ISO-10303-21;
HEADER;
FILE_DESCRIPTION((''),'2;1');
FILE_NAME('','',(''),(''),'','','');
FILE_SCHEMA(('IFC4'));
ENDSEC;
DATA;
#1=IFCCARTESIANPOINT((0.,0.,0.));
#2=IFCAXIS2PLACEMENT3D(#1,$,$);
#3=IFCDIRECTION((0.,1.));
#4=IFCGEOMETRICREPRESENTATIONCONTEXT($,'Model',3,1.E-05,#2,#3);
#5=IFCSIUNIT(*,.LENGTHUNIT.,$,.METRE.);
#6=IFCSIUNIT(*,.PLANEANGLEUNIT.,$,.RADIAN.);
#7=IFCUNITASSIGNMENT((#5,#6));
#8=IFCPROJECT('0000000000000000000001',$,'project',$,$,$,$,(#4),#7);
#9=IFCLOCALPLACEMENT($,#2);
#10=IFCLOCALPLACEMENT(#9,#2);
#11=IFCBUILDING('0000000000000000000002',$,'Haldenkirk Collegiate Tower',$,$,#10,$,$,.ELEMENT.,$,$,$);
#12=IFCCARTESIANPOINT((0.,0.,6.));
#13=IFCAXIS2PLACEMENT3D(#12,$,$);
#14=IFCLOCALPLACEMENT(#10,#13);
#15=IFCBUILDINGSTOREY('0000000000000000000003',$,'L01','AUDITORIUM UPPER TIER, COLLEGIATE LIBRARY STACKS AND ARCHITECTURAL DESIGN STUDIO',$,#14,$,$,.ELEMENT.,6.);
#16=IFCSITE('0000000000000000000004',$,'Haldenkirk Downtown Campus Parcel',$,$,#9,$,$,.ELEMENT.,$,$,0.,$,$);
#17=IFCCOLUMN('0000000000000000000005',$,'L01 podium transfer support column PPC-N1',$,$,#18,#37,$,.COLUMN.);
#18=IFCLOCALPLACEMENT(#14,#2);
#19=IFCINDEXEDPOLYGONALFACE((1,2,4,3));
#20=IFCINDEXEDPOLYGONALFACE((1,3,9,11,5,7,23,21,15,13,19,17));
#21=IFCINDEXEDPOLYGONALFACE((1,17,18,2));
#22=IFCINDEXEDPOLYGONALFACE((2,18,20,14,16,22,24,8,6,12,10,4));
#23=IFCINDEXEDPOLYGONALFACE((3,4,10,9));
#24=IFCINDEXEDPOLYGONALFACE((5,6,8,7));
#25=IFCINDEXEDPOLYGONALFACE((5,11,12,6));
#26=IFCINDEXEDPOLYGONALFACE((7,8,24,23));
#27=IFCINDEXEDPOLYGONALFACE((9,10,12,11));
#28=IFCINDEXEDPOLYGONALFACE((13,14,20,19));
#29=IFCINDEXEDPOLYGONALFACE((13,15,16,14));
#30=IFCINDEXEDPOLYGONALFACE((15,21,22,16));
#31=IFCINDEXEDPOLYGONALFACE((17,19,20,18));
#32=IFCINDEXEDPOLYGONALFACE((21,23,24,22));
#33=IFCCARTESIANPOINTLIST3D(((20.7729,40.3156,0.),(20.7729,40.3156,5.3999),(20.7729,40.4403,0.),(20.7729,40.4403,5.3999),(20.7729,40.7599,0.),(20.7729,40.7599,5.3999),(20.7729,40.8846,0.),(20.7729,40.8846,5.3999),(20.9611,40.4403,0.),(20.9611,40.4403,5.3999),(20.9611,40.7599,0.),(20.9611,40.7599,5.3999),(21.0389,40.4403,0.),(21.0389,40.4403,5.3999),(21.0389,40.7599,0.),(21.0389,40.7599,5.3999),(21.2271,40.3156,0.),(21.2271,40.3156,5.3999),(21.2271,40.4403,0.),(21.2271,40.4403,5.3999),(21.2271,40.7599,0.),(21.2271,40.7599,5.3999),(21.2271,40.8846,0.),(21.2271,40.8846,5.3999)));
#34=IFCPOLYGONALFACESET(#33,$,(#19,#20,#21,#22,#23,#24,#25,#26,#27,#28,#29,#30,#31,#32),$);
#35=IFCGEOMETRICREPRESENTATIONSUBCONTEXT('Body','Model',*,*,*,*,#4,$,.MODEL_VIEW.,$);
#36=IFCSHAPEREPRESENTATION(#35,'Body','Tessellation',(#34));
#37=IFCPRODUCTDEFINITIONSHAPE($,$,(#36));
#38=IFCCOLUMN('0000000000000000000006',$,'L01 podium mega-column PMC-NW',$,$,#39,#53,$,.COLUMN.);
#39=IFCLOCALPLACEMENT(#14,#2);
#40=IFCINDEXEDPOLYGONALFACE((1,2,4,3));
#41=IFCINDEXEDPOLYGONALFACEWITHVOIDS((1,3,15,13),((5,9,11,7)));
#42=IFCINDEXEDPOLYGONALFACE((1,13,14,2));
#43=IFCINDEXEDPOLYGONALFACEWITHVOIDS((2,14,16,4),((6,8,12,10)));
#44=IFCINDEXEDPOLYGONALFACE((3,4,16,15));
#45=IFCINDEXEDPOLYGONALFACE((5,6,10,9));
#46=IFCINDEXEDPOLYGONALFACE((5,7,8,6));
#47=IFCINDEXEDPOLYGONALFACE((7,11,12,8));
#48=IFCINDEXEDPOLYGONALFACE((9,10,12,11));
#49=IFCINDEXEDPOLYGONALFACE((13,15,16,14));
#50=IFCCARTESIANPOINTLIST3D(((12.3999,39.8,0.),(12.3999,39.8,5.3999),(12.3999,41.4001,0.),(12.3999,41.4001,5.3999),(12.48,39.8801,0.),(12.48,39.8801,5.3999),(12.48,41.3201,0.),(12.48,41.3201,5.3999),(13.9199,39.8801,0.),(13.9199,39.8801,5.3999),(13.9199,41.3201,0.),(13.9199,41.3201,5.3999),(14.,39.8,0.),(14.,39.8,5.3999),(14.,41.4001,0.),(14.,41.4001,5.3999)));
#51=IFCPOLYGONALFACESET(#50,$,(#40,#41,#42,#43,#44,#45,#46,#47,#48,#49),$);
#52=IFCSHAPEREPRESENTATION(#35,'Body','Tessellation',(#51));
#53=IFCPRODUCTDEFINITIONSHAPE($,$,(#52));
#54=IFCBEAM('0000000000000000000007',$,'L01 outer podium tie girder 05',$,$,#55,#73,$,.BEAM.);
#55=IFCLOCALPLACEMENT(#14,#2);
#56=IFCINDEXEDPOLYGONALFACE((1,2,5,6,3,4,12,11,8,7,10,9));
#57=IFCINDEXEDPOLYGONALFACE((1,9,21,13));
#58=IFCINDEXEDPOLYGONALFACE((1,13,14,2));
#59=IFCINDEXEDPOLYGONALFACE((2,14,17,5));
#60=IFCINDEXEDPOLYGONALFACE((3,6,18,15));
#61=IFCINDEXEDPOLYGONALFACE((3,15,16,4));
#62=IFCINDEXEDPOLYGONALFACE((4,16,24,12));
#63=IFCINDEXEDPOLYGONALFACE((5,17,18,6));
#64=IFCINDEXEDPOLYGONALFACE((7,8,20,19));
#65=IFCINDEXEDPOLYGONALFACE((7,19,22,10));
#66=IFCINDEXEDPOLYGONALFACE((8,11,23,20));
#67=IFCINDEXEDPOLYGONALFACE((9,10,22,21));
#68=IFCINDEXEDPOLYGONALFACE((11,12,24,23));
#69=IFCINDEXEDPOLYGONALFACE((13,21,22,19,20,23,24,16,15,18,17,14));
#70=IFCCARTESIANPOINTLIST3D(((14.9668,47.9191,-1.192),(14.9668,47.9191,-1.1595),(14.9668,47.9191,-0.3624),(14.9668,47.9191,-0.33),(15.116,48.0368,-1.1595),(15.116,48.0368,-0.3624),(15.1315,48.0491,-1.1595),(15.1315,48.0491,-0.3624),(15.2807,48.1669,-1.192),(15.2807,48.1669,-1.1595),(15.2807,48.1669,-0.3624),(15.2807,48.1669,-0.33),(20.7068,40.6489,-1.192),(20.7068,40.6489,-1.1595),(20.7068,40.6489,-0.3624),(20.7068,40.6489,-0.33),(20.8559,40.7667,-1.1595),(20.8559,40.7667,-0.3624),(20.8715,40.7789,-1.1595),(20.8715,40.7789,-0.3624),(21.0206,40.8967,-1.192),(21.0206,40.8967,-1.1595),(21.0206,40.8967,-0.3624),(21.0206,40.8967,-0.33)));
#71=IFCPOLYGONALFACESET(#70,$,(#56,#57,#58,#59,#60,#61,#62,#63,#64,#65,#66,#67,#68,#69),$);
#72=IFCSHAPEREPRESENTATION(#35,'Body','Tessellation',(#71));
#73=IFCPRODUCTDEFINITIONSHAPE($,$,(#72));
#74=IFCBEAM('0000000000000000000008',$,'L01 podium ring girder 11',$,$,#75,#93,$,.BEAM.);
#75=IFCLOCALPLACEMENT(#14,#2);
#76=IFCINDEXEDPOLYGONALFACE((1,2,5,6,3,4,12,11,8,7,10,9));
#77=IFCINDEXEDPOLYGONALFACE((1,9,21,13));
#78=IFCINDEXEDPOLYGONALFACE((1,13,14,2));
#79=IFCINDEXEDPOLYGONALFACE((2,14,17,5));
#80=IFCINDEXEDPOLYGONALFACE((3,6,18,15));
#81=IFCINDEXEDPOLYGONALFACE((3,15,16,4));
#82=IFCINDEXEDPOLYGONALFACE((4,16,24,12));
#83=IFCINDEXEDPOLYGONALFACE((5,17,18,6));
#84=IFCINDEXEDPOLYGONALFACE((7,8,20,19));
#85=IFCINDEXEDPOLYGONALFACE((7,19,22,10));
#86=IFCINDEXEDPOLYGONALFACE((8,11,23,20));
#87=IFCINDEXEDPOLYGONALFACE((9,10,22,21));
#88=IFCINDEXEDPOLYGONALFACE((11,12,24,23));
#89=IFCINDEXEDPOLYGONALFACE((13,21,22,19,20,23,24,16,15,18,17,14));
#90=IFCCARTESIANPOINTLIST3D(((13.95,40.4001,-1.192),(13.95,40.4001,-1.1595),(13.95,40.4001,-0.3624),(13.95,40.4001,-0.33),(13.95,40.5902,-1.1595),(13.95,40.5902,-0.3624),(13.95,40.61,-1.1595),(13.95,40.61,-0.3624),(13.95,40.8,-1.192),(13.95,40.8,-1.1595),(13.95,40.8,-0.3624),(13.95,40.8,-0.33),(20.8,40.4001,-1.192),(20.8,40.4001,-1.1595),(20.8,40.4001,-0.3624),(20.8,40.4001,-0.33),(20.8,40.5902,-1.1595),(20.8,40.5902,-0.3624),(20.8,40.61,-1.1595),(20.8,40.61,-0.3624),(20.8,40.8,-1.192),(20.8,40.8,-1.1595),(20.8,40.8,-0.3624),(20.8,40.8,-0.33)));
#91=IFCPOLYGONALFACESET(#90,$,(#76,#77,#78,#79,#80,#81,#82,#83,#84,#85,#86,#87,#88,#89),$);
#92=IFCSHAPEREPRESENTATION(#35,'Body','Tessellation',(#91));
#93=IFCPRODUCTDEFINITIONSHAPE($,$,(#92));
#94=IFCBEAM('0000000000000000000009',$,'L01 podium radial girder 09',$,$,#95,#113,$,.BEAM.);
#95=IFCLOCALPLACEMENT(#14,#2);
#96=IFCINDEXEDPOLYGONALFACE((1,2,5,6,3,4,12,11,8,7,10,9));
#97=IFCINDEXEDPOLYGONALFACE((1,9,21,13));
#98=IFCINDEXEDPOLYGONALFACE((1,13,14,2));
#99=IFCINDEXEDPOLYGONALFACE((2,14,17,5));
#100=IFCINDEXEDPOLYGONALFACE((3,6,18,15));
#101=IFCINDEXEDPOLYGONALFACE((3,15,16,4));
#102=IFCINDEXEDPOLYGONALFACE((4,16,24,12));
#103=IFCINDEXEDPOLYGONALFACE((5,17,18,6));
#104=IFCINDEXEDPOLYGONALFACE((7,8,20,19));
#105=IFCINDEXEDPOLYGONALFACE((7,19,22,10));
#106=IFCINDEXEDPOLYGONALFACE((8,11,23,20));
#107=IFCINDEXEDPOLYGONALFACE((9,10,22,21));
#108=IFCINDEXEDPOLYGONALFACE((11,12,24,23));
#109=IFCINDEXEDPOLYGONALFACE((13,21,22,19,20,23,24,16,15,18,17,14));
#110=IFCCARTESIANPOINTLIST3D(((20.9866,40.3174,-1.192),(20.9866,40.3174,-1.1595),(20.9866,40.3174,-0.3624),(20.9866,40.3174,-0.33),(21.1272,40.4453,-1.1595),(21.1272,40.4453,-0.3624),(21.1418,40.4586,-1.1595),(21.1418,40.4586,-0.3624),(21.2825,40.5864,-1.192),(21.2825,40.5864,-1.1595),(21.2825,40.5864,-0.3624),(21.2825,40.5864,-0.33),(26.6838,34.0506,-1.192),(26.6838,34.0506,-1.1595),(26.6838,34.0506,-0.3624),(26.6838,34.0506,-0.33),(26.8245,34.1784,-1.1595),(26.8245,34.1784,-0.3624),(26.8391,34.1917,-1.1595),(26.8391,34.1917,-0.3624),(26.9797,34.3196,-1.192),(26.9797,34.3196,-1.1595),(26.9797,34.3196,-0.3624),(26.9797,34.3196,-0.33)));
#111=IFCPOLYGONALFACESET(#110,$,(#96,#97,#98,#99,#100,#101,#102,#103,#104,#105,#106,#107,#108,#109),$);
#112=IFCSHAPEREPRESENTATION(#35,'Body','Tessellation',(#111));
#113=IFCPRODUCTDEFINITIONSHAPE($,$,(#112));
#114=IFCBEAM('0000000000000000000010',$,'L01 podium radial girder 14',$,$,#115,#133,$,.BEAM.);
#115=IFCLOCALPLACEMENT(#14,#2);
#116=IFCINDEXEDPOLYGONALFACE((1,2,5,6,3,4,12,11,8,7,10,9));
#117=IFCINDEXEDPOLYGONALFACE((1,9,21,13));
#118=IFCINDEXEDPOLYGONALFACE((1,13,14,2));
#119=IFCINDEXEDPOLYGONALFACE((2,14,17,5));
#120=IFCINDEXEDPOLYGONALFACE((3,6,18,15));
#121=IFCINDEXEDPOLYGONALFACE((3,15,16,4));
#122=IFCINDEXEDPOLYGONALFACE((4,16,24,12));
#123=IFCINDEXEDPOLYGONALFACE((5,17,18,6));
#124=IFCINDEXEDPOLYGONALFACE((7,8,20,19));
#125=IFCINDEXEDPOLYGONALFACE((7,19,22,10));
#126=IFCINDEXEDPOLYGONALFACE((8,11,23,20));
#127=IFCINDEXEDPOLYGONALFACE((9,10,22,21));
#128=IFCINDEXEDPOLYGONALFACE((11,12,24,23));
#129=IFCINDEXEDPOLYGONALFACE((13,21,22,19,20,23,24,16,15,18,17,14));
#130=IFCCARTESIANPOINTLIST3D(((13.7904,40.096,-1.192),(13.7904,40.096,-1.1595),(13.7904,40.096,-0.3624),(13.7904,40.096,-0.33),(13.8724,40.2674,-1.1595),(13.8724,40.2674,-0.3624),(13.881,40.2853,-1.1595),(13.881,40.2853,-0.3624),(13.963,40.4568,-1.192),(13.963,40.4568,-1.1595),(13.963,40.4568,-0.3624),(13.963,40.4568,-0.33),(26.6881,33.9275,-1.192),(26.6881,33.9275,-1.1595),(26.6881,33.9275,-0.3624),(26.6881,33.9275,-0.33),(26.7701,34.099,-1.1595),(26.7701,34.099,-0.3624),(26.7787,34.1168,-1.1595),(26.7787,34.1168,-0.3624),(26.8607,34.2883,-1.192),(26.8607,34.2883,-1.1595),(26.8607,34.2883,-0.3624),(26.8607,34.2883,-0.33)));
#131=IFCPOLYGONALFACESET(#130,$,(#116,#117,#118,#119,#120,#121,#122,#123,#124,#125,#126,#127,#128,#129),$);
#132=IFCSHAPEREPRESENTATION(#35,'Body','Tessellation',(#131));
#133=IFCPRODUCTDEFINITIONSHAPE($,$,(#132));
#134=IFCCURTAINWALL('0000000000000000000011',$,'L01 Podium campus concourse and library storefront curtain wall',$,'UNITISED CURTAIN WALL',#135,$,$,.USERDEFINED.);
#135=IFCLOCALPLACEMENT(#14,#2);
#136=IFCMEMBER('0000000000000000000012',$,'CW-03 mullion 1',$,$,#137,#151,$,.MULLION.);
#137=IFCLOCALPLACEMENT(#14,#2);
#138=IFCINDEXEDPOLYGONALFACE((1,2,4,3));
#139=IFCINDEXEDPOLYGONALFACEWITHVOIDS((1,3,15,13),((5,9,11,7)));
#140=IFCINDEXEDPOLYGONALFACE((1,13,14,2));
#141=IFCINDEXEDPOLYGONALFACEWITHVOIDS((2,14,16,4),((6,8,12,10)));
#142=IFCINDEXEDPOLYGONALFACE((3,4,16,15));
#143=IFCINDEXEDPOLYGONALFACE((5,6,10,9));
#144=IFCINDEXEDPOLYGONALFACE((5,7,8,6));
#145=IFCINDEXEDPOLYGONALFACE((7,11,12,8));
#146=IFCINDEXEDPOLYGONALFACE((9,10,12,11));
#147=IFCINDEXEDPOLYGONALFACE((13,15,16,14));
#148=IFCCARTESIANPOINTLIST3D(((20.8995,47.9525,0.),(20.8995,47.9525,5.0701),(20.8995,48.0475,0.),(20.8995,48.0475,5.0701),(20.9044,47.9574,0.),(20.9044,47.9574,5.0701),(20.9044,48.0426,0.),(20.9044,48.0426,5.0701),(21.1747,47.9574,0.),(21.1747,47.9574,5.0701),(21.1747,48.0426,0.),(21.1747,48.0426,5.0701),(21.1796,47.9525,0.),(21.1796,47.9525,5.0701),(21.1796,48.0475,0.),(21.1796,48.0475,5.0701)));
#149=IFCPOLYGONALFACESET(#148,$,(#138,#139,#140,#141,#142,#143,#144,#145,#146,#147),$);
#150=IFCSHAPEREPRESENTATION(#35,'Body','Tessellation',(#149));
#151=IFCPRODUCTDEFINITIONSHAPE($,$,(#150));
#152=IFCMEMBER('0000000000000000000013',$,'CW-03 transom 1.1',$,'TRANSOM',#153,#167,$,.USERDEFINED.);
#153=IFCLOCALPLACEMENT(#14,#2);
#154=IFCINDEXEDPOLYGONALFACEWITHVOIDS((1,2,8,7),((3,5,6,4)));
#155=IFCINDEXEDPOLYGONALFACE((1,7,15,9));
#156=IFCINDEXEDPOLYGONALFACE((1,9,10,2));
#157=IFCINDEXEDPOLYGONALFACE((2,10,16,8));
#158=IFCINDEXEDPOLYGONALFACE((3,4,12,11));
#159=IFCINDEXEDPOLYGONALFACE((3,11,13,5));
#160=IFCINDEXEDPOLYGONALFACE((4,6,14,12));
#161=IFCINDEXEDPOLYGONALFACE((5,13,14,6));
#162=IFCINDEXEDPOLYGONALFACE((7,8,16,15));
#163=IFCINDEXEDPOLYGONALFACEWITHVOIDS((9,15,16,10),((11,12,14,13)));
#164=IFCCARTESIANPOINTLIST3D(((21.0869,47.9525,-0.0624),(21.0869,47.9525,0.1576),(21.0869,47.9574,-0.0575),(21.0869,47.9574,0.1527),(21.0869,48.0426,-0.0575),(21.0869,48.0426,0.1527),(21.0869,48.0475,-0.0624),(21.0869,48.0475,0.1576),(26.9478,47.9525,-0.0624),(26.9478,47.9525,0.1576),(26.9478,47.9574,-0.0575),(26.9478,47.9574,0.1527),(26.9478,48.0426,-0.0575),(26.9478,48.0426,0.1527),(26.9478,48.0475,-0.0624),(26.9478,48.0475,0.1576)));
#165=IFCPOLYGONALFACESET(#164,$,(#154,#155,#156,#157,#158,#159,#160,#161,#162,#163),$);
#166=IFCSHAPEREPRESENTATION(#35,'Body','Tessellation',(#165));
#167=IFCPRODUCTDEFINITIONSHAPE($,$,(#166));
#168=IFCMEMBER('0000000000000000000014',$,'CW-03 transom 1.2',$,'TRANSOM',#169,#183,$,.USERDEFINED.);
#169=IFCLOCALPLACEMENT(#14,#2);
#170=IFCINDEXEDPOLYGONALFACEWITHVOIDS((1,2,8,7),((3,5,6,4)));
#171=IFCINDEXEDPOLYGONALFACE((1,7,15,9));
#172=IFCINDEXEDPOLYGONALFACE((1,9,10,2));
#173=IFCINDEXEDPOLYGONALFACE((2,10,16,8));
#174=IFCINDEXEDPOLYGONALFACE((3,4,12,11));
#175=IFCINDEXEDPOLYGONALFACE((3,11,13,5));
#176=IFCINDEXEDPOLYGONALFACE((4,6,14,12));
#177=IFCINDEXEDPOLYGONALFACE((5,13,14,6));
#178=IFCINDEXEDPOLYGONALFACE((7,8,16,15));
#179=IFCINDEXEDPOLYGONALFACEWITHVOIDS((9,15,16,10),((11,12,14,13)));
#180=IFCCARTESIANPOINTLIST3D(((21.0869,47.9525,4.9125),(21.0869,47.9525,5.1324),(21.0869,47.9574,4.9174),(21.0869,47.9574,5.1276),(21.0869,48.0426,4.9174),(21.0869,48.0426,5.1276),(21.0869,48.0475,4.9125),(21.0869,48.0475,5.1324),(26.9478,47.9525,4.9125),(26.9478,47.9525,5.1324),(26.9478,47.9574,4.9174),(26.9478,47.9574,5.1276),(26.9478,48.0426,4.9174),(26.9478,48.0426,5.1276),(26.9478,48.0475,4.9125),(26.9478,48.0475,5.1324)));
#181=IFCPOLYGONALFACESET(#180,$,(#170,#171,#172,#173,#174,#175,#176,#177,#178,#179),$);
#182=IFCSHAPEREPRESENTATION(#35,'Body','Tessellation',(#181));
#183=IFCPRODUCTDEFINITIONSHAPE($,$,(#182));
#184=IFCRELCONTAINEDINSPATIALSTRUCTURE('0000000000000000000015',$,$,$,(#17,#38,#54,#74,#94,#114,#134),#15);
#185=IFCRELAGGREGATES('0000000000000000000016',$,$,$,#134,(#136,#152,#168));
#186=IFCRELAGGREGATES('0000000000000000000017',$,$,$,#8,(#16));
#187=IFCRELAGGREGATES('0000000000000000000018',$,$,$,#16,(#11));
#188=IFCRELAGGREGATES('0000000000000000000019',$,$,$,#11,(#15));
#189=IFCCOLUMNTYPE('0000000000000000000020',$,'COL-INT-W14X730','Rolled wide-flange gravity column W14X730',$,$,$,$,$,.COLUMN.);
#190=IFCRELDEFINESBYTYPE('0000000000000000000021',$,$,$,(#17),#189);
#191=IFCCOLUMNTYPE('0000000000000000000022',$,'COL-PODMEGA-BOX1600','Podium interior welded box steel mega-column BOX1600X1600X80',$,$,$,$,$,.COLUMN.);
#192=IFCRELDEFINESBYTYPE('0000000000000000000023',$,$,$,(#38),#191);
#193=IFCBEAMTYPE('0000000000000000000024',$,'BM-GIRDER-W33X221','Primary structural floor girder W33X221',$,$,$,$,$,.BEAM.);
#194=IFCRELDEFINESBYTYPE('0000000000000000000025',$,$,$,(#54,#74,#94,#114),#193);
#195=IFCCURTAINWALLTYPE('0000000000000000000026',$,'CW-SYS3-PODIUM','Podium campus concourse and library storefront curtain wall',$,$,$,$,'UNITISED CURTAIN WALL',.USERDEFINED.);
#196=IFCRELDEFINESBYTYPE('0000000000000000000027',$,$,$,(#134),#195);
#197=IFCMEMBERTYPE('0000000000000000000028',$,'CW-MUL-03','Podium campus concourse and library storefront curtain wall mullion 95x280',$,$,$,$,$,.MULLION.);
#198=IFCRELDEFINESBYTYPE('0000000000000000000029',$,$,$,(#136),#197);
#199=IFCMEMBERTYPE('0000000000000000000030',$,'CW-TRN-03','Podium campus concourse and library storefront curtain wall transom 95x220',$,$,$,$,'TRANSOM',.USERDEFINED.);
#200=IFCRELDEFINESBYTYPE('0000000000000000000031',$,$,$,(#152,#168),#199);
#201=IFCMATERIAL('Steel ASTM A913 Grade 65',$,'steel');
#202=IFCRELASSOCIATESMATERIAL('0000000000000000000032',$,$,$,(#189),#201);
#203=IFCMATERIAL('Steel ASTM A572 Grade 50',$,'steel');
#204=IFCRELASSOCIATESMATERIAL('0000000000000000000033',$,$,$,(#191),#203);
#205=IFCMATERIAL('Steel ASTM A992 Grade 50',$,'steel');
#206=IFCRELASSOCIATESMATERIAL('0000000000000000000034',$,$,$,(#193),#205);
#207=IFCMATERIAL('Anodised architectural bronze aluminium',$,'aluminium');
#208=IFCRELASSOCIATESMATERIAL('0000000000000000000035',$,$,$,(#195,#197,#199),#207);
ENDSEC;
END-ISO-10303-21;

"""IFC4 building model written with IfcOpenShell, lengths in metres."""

from ifc_helpers import new_model, si_unit, direction, frame, origin, origin_2d, place, context, subcontext, project, spatial, hollow_rectangle, i_section, extrude, material, material_profile, profile_set, type_object, element, aggregate, save


model = new_model("IFC4")

# Units and contexts
model_context = context("Model", 3, precision=1e-05, world=origin(), true_north=direction((0.0, 1.0)))
body_context = subcontext(model_context, "Body", "Model", "MODEL_VIEW")
ifc_project = project(units=[si_unit("LENGTHUNIT", "METRE"), si_unit("PLANEANGLEUNIT", "RADIAN")], contexts=[model_context])

# Site, building, storey
site_placement = place(None, origin())
site = spatial("IfcSite", under=ifc_project, at=site_placement, Name="Haldenkirk Downtown Campus Parcel", CompositionType="ELEMENT", RefElevation=0.0)
building_placement = place(site_placement, origin())
building = spatial("IfcBuilding", under=site, at=building_placement, Name="Haldenkirk Collegiate Tower", CompositionType="ELEMENT")
storey_placement = place(building_placement, frame((0.0, 0.0, 6.0)))
storey = spatial("IfcBuildingStorey", under=building, at=storey_placement, Name="L01", Description="AUDITORIUM UPPER TIER, COLLEGIATE LIBRARY STACKS AND ARCHITECTURAL DESIGN STUDIO", CompositionType="ELEMENT", Elevation=6.0)

# Columns
ifc_material_1 = material(Name="Steel ASTM A913 Grade 65", Category="steel")
ifc_material_profile_1 = material_profile(ifc_material_1, i_section(OverallWidth=0.4541, OverallDepth=0.5691, WebThickness=0.0779, FlangeThickness=0.1248, at=origin_2d()), Name="W14X730")
ifc_profile_set_1 = profile_set([ifc_material_profile_1], Name="Steel ASTM A913 Grade 65")
column_type_1 = type_object("IfcColumnType", Name="COL-INT-W14X730", Description="Rolled wide-flange gravity column W14X730", PredefinedType="COLUMN", material=ifc_profile_set_1)
column_1_placement = place(storey_placement, frame((21.0, 40.6001, 0.0), z_axis=(0.0, 0.0, 1.0), x_axis=(1.0, 0.0, 0.0)))
element("IfcColumn", 1, at=column_1_placement, inside=storey, type_object=column_type_1, Name="L01 podium transfer support column PPC-N1", PredefinedType="COLUMN", context=body_context, shape_type="SweptSolid", body=[
    extrude(i_section(OverallWidth=0.4541, OverallDepth=0.5691, WebThickness=0.0779, FlangeThickness=0.1248, at=origin_2d()), origin(), (0.0, 0.0, 1.0), 5.3999),
])
ifc_material_2 = material(Name="Steel ASTM A572 Grade 50", Category="steel")
ifc_material_profile_2 = material_profile(ifc_material_2, hollow_rectangle(XDim=1.6001, YDim=1.6001, WallThickness=0.0801, at=origin_2d()), Name="BOX1600X1600X80")
ifc_profile_set_2 = profile_set([ifc_material_profile_2], Name="Steel ASTM A572 Grade 50")
column_type_2 = type_object("IfcColumnType", Name="COL-PODMEGA-BOX1600", Description="Podium interior welded box steel mega-column BOX1600X1600X80", PredefinedType="COLUMN", material=ifc_profile_set_2)
column_2_placement = place(storey_placement, frame((13.2, 40.6001, 0.0), z_axis=(0.0, 0.0, 1.0), x_axis=(1.0, 0.0, 0.0)))
element("IfcColumn", 2, at=column_2_placement, inside=storey, type_object=column_type_2, Name="L01 podium mega-column PMC-NW", PredefinedType="COLUMN", context=body_context, shape_type="SweptSolid", body=[
    extrude(hollow_rectangle(XDim=1.6001, YDim=1.6001, WallThickness=0.0801, at=origin_2d()), origin(), (0.0, 0.0, 1.0), 5.3999),
])

# Beams
ifc_material_3 = material(Name="Steel ASTM A992 Grade 50", Category="steel")
ifc_material_profile_3 = material_profile(ifc_material_3, i_section(OverallWidth=0.3999, OverallDepth=0.8621, WebThickness=0.0198, FlangeThickness=0.0325, at=origin_2d()), Name="W33X221")
ifc_profile_set_3 = profile_set([ifc_material_profile_3], Name="Steel ASTM A992 Grade 50")
beam_type = type_object("IfcBeamType", Name="BM-GIRDER-W33X221", Description="Primary structural floor girder W33X221", PredefinedType="BEAM", material=ifc_profile_set_3)
beam_1_placement = place(storey_placement, frame((15.1238, 48.043, -0.761), z_axis=(0.619665, -0.784867, 0.0), x_axis=(0.784867, 0.619665, 0.0)))
element("IfcBeam", 3, at=beam_1_placement, inside=storey, type_object=beam_type, Name="L01 outer podium tie girder 05", PredefinedType="BEAM", context=body_context, shape_type="SweptSolid", body=[
    extrude(i_section(OverallWidth=0.3999, OverallDepth=0.8621, WebThickness=0.0198, FlangeThickness=0.0325, at=origin_2d()), origin(), (0.0, 0.0, 1.0), 9.2629),
])
beam_2_placement = place(storey_placement, frame((20.8, 40.6001, -0.761), z_axis=(-1.0, 0.0, 0.0), x_axis=(0.0, -1.0, 0.0)))
element("IfcBeam", 4, at=beam_2_placement, inside=storey, type_object=beam_type, Name="L01 podium ring girder 11", PredefinedType="BEAM", context=body_context, shape_type="SweptSolid", body=[
    extrude(i_section(OverallWidth=0.3999, OverallDepth=0.8621, WebThickness=0.0198, FlangeThickness=0.0325, at=origin_2d()), origin(), (0.0, 0.0, 1.0), 6.8501),
])
beam_3_placement = place(storey_placement, frame((21.1345, 40.4519, -0.761), z_axis=(0.672681, -0.739932, 0.0), x_axis=(0.739932, 0.672681, 0.0)))
element("IfcBeam", 5, at=beam_3_placement, inside=storey, type_object=beam_type, Name="L01 podium radial girder 09", PredefinedType="BEAM", context=body_context, shape_type="SweptSolid", body=[
    extrude(i_section(OverallWidth=0.3999, OverallDepth=0.8621, WebThickness=0.0198, FlangeThickness=0.0325, at=origin_2d()), origin(), (0.0, 0.0, 1.0), 8.4695),
])
beam_4_placement = place(storey_placement, frame((13.8767, 40.2764, -0.761), z_axis=(0.902135, -0.431455, 0.0), x_axis=(0.431455, 0.902135, 0.0)))
element("IfcBeam", 6, at=beam_4_placement, inside=storey, type_object=beam_type, Name="L01 podium radial girder 14", PredefinedType="BEAM", context=body_context, shape_type="SweptSolid", body=[
    extrude(i_section(OverallWidth=0.3999, OverallDepth=0.8621, WebThickness=0.0198, FlangeThickness=0.0325, at=origin_2d()), origin(), (0.0, 0.0, 1.0), 14.2969),
])

# Curtain wall, members
ifc_material_4 = material(Name="Anodised architectural bronze aluminium", Category="aluminium")
curtain_wall_type = type_object("IfcCurtainWallType", Name="CW-SYS3-PODIUM", Description="Podium campus concourse and library storefront curtain wall", ElementType="UNITISED CURTAIN WALL", PredefinedType="USERDEFINED", material=ifc_material_4)
curtain_wall_placement = place(storey_placement, origin())
curtain_wall = element("IfcCurtainWall", 7, at=curtain_wall_placement, inside=storey, type_object=curtain_wall_type, Name="L01 Podium campus concourse and library storefront curtain wall", ObjectType="UNITISED CURTAIN WALL", PredefinedType="USERDEFINED")
ifc_material_profile_4 = material_profile(ifc_material_4, hollow_rectangle(XDim=0.095, YDim=0.28, WallThickness=0.0049, at=origin_2d()), Name="CW-MUL-03")
ifc_profile_set_4 = profile_set([ifc_material_profile_4], Name="Anodised architectural bronze aluminium")
member_type_1 = type_object("IfcMemberType", Name="CW-MUL-03", Description="Podium campus concourse and library storefront curtain wall mullion 95x280", PredefinedType="MULLION", material=ifc_profile_set_4)
member_1_placement = place(storey_placement, frame((21.0396, 48.0, 0.0), z_axis=(0.0, 0.0, 1.0), x_axis=(0.0, 1.0, 0.0)))
member_1 = element("IfcMember", 8, at=member_1_placement, type_object=member_type_1, Name="CW-03 mullion 1", PredefinedType="MULLION", context=body_context, shape_type="SweptSolid", body=[
    extrude(hollow_rectangle(XDim=0.095, YDim=0.28, WallThickness=0.0049, at=origin_2d()), origin(), (0.0, 0.0, 1.0), 5.0701),
])
ifc_material_profile_5 = material_profile(ifc_material_4, hollow_rectangle(XDim=0.095, YDim=0.22, WallThickness=0.0049, at=origin_2d()), Name="CW-TRN-03")
ifc_profile_set_5 = profile_set([ifc_material_profile_5], Name="Anodised architectural bronze aluminium")
member_type_2 = type_object("IfcMemberType", Name="CW-TRN-03", Description="Podium campus concourse and library storefront curtain wall transom 95x220", ElementType="TRANSOM", PredefinedType="USERDEFINED", material=ifc_profile_set_5)
member_2_placement = place(storey_placement, frame((21.0869, 48.0, 0.0476), z_axis=(1.0, 0.0, 0.0), x_axis=(0.0, 1.0, 0.0)))
member_2 = element("IfcMember", 9, at=member_2_placement, type_object=member_type_2, Name="CW-03 transom 1.1", ObjectType="TRANSOM", PredefinedType="USERDEFINED", context=body_context, shape_type="SweptSolid", body=[
    extrude(hollow_rectangle(XDim=0.095, YDim=0.22, WallThickness=0.0049, at=origin_2d()), origin(), (0.0, 0.0, 1.0), 5.8608),
])
member_3_placement = place(storey_placement, frame((21.0869, 48.0, 5.0225), z_axis=(1.0, 0.0, 0.0), x_axis=(0.0, 1.0, 0.0)))
member_3 = element("IfcMember", 10, at=member_3_placement, type_object=member_type_2, Name="CW-03 transom 1.2", ObjectType="TRANSOM", PredefinedType="USERDEFINED", context=body_context, shape_type="SweptSolid", body=[
    extrude(hollow_rectangle(XDim=0.095, YDim=0.22, WallThickness=0.0049, at=origin_2d()), origin(), (0.0, 0.0, 1.0), 5.8608),
])
aggregate(curtain_wall, [member_1, member_2, member_3])

save(model, "model.ifc")
